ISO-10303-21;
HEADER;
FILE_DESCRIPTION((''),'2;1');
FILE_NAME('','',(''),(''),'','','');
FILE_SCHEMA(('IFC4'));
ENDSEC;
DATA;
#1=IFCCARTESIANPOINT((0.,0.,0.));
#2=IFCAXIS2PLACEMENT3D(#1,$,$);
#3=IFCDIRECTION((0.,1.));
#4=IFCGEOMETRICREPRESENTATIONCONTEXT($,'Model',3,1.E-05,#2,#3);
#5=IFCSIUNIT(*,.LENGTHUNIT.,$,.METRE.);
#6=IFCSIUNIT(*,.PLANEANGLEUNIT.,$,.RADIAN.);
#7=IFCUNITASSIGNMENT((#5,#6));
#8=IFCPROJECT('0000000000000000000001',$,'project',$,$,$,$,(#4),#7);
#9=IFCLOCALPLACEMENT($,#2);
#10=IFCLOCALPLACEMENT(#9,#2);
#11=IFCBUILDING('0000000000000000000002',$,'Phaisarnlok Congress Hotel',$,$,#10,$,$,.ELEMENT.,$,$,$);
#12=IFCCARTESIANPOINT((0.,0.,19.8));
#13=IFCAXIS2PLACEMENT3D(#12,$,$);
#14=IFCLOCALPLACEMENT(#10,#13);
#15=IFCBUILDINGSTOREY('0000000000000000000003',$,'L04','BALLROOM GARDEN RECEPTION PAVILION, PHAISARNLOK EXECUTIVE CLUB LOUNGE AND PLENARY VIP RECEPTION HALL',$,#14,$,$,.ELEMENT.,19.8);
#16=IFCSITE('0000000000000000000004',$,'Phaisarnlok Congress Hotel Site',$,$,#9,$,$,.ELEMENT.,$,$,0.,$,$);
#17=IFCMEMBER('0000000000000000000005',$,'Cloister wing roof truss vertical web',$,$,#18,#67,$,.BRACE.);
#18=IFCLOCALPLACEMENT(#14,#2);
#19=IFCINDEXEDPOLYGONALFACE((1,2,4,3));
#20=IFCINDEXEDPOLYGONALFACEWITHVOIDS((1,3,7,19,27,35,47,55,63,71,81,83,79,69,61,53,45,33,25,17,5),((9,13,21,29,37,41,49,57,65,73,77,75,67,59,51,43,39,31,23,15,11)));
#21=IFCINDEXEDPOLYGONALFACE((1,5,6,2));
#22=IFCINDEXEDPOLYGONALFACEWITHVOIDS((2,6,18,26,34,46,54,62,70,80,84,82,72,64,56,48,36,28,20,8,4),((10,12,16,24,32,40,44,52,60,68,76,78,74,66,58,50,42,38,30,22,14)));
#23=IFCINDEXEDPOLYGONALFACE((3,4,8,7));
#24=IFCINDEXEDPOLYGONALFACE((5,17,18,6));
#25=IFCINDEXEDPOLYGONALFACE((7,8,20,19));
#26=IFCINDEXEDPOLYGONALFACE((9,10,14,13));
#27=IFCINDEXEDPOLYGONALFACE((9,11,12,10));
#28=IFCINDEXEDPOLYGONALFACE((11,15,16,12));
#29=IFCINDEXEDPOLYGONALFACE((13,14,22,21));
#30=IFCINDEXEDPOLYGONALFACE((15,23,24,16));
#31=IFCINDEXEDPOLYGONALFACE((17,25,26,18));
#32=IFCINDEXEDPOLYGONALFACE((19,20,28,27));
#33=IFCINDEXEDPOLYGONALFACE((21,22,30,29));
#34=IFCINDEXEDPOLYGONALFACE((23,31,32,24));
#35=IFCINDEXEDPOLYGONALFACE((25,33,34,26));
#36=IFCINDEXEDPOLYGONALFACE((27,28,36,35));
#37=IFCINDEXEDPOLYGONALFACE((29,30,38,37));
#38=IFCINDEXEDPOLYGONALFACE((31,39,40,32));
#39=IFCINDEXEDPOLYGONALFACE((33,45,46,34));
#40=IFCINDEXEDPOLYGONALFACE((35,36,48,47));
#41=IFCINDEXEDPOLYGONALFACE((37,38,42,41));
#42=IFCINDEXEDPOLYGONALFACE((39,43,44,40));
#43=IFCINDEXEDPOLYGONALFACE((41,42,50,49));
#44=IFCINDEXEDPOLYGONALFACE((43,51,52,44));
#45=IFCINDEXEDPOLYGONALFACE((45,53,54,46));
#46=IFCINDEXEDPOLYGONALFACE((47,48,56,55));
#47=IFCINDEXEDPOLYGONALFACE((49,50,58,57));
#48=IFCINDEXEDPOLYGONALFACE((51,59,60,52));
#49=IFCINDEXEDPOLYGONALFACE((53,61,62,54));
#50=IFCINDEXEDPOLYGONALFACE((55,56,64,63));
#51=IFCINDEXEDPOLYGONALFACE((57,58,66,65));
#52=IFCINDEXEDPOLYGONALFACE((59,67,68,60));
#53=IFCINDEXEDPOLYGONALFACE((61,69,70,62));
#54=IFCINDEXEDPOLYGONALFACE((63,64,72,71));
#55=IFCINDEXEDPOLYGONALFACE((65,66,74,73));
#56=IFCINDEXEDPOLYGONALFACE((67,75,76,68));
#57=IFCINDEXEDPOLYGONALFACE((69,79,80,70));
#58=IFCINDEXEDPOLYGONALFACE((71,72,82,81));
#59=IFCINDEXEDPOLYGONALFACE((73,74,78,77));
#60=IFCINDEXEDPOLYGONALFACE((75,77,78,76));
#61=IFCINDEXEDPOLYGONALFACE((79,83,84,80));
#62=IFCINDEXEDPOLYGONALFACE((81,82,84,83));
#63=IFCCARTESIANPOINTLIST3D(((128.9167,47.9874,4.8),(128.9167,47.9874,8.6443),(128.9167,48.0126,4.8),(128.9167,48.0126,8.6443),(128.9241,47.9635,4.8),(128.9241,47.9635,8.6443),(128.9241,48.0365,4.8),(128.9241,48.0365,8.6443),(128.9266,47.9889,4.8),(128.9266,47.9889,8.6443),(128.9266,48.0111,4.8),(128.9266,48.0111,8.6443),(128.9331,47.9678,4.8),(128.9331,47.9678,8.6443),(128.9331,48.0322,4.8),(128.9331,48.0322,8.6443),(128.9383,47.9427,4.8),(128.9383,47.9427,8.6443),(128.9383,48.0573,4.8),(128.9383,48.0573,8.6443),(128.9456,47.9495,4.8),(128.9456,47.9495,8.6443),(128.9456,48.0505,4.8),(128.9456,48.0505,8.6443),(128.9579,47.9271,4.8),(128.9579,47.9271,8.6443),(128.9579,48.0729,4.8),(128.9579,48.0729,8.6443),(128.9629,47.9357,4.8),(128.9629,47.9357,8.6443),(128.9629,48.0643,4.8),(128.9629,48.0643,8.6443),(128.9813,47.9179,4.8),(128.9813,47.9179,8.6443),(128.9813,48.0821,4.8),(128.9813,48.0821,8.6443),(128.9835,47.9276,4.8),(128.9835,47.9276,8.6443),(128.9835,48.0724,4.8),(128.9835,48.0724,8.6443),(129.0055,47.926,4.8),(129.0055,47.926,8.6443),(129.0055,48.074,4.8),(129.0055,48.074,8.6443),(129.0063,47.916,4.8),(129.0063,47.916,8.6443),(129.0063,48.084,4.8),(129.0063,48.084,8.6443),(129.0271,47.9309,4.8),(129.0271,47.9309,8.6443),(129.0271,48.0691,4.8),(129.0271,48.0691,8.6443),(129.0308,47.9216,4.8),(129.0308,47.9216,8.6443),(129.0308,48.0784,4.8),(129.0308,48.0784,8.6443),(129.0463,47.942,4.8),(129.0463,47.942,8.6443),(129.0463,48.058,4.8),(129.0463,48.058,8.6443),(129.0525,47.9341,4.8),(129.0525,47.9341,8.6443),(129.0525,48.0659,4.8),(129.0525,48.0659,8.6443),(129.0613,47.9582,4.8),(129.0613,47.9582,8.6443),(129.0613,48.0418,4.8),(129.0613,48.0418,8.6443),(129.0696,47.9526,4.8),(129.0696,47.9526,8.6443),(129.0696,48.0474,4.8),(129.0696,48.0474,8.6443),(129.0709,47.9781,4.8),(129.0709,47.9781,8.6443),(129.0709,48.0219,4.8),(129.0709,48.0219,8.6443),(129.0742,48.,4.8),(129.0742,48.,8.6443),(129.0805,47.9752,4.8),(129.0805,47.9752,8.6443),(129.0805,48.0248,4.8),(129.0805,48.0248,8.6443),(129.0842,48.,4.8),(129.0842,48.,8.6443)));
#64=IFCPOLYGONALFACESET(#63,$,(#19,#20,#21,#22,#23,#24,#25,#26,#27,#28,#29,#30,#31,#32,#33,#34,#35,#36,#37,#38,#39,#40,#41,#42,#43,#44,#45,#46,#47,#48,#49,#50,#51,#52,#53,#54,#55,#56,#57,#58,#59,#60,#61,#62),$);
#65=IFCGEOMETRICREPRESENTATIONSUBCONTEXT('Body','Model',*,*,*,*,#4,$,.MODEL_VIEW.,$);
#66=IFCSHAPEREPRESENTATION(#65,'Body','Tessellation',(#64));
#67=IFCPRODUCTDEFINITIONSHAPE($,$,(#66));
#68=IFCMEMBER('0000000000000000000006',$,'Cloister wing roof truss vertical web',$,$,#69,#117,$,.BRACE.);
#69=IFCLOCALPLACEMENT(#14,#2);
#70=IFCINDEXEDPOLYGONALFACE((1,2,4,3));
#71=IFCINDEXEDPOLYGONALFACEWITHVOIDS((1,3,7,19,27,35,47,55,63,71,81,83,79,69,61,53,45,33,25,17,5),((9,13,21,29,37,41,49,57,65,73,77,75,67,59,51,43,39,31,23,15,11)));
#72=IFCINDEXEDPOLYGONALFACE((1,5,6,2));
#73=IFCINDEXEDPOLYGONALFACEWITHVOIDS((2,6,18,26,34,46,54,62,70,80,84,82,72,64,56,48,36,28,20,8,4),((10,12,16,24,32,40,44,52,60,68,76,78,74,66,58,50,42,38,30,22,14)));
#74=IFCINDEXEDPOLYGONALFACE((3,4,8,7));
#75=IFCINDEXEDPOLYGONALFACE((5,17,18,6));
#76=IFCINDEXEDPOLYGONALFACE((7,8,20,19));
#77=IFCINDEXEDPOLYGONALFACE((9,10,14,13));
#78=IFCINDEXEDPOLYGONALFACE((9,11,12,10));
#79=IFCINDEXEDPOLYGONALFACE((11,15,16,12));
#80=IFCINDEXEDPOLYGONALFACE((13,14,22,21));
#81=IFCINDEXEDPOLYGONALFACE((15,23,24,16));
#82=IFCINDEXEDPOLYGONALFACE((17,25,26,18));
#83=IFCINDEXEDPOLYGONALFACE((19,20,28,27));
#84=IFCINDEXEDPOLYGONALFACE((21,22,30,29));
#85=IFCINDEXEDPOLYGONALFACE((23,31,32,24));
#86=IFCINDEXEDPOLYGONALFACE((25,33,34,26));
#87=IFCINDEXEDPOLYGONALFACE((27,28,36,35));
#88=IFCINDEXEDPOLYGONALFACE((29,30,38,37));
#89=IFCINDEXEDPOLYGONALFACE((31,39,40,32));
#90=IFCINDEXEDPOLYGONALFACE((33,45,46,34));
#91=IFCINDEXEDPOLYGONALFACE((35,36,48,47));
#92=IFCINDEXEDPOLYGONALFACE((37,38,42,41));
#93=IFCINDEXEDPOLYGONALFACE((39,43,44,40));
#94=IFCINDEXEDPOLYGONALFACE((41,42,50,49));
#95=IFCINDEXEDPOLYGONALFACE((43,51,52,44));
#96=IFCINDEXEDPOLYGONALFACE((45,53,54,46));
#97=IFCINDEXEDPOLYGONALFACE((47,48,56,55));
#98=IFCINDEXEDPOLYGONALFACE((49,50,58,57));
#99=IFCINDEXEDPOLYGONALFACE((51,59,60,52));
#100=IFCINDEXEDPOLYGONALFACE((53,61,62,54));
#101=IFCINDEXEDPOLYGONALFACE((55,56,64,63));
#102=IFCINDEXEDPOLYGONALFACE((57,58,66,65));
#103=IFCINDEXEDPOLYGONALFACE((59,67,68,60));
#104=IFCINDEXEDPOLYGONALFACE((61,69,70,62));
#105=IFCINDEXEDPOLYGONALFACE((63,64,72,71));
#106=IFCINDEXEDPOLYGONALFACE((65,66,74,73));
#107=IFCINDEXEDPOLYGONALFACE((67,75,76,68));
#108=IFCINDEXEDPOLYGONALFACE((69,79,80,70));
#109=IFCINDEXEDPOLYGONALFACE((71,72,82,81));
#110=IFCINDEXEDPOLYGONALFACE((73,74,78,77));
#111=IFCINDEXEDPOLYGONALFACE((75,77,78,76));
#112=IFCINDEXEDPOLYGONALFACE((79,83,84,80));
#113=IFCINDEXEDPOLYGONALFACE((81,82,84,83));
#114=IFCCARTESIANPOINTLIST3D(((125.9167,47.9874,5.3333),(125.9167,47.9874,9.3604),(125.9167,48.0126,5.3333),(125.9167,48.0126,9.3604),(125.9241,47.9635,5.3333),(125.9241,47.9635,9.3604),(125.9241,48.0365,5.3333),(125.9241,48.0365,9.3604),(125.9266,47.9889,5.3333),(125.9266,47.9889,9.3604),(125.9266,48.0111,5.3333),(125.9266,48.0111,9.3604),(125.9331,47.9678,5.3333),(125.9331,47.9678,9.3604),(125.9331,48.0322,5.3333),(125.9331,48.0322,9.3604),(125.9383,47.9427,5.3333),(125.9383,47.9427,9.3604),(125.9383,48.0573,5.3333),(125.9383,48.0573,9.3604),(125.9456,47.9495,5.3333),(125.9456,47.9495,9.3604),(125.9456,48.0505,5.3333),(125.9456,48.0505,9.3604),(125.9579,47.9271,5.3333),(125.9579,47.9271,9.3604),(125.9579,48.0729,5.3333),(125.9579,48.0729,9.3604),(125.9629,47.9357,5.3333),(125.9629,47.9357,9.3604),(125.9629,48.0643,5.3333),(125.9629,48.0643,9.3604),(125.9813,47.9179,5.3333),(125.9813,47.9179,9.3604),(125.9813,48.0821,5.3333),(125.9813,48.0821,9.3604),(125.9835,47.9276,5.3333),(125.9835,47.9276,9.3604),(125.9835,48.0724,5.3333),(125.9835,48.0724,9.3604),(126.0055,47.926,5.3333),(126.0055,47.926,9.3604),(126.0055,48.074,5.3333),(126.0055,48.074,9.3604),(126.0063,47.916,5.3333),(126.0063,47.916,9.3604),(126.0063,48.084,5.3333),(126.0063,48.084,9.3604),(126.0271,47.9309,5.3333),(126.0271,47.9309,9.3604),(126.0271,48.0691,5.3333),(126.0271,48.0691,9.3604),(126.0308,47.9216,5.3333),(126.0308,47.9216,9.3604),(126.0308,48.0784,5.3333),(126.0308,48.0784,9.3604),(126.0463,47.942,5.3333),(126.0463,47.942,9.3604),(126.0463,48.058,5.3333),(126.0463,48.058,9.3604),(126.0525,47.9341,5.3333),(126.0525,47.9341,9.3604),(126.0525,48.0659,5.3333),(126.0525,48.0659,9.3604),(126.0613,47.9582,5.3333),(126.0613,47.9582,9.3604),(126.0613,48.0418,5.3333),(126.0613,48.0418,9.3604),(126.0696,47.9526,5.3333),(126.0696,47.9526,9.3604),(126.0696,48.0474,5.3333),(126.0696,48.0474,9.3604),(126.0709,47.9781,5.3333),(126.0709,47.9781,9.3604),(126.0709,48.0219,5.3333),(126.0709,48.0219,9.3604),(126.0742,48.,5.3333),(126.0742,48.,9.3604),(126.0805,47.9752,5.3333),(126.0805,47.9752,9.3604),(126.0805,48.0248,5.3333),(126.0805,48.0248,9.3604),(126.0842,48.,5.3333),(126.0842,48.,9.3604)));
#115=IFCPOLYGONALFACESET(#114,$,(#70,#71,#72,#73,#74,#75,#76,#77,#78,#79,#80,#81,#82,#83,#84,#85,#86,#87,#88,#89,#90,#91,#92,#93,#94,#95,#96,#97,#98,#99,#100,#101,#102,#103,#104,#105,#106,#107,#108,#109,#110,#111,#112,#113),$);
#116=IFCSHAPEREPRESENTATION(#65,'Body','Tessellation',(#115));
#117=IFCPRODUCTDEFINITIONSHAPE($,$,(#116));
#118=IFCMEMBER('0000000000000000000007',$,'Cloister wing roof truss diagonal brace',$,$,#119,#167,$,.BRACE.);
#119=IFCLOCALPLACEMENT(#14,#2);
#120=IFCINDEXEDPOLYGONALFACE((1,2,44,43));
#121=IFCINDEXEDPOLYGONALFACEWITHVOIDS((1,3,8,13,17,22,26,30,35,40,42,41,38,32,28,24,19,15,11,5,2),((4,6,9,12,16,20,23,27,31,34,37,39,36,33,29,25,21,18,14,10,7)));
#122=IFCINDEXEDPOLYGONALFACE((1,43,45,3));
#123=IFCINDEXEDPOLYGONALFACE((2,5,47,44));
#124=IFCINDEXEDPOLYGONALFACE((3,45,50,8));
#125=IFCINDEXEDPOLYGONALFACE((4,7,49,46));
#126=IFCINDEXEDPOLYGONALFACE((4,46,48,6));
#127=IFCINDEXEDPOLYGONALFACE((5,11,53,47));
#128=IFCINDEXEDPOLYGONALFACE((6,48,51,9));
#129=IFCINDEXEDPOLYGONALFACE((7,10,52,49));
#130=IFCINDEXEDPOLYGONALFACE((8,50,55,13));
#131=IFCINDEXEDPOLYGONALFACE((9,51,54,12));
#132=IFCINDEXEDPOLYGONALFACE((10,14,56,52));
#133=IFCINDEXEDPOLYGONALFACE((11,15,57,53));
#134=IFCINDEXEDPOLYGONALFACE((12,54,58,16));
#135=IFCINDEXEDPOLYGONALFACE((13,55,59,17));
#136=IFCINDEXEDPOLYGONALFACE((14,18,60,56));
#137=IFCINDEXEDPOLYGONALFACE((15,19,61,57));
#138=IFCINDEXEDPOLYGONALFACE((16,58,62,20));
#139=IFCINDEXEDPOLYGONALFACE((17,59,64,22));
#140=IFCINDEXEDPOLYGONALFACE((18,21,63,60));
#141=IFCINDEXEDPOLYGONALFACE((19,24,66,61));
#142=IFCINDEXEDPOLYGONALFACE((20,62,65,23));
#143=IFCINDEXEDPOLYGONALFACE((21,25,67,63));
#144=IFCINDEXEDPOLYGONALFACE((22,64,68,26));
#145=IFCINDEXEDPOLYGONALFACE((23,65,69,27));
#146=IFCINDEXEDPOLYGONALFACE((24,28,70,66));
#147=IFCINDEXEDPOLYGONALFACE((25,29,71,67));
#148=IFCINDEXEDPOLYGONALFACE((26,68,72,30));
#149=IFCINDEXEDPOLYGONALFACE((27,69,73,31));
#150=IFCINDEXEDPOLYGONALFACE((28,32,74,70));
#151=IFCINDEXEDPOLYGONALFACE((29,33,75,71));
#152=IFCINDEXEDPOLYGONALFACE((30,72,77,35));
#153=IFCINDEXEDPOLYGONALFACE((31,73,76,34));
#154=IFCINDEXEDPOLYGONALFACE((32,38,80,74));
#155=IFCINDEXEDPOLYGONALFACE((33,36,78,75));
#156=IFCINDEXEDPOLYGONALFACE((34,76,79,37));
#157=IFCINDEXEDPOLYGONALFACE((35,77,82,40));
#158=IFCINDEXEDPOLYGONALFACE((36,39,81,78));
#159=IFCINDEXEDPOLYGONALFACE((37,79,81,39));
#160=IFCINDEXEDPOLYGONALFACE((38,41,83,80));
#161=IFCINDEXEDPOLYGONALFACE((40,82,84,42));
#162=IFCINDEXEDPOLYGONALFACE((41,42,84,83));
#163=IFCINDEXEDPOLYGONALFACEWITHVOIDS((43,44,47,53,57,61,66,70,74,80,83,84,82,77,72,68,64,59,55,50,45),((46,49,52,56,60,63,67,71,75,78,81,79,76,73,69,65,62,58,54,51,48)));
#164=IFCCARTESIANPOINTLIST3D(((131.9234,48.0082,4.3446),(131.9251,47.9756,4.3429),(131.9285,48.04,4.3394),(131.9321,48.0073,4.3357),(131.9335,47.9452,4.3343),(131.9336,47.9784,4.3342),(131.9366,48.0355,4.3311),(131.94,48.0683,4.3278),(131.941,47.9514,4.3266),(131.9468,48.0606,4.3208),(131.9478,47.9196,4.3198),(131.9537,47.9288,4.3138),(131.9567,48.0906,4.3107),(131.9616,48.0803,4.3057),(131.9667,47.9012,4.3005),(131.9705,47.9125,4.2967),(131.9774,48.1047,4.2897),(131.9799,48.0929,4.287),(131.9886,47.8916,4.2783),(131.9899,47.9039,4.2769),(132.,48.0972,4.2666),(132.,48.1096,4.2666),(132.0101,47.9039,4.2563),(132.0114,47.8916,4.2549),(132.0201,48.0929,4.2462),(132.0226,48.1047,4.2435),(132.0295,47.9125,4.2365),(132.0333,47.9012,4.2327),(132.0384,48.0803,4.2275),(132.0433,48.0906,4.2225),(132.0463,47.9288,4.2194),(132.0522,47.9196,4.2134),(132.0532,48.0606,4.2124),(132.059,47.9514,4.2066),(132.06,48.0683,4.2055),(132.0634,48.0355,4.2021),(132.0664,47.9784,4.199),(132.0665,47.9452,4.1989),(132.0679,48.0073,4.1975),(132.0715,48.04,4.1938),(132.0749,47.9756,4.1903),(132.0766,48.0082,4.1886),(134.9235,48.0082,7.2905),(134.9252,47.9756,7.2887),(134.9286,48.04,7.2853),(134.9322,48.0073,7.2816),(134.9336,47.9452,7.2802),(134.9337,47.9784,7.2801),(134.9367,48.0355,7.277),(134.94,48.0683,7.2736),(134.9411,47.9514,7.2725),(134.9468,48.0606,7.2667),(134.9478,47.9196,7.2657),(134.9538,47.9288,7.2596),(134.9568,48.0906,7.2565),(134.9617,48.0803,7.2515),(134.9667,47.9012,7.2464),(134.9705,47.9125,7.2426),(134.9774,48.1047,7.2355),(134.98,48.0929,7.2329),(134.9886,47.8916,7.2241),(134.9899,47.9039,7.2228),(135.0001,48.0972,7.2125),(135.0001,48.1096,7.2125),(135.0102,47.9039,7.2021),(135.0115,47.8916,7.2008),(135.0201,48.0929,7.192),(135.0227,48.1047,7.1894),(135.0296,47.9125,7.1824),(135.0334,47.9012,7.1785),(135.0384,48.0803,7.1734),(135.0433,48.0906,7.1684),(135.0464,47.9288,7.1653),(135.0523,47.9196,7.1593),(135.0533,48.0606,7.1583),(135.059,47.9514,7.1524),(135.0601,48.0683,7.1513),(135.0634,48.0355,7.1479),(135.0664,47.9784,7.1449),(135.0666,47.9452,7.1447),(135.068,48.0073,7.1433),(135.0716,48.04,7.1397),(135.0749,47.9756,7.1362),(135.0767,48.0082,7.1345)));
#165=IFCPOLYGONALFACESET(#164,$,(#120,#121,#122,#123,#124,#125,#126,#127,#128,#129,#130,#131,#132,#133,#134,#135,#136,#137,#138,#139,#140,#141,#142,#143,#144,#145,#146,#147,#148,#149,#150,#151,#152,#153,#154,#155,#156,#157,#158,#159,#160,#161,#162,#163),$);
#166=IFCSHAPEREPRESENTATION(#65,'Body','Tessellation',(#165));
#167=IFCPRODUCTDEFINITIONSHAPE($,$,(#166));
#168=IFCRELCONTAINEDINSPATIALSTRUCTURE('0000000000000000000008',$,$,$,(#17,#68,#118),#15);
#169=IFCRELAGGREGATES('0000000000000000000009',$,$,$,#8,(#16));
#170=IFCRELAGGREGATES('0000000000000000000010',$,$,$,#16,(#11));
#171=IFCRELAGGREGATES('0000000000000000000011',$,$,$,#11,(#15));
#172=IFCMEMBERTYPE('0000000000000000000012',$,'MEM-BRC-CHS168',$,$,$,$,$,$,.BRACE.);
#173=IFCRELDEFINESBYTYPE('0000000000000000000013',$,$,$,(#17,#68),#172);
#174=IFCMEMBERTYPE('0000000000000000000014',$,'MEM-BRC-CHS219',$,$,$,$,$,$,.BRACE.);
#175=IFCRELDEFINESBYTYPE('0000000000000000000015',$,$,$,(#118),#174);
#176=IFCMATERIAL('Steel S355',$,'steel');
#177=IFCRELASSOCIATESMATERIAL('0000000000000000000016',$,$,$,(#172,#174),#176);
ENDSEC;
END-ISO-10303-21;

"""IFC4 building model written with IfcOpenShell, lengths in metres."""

from ifc_helpers import new_model, si_unit, direction, frame, origin, origin_2d, place, context, subcontext, project, spatial, hollow_circle, extrude, material, material_profile, profile_set, type_object, element, save


model = new_model("IFC4")

# Units and contexts
model_context = context("Model", 3, precision=1e-05, world=origin(), true_north=direction((0.0, 1.0)))
body_context = subcontext(model_context, "Body", "Model", "MODEL_VIEW")
ifc_project = project(units=[si_unit("LENGTHUNIT", "METRE"), si_unit("PLANEANGLEUNIT", "RADIAN")], contexts=[model_context])

# Site, building, storey
site_placement = place(None, origin())
site = spatial("IfcSite", under=ifc_project, at=site_placement, Name="Phaisarnlok Congress Hotel Site", CompositionType="ELEMENT", RefElevation=0.0)
building_placement = place(site_placement, origin())
building = spatial("IfcBuilding", under=site, at=building_placement, Name="Phaisarnlok Congress Hotel", CompositionType="ELEMENT")
storey_placement = place(building_placement, frame((0.0, 0.0, 19.8)))
storey = spatial("IfcBuildingStorey", under=building, at=storey_placement, Name="L04", Description="BALLROOM GARDEN RECEPTION PAVILION, PHAISARNLOK EXECUTIVE CLUB LOUNGE AND PLENARY VIP RECEPTION HALL", CompositionType="ELEMENT", Elevation=19.8)

# Shared definitions
ifc_material_1 = material(Name="Steel S355", Category="steel")

# Members
ifc_material_profile_1 = material_profile(ifc_material_1, hollow_circle(Radius=0.0842, WallThickness=0.01, at=origin_2d()), Name="CHS 168.3x10")
ifc_profile_set_1 = profile_set([ifc_material_profile_1], Name="Steel S355")
member_type_1 = type_object("IfcMemberType", Name="MEM-BRC-CHS168", PredefinedType="BRACE", material=ifc_profile_set_1)
member_1_placement = place(storey_placement, frame((129.0, 48.0, 4.8), z_axis=(0.0, 0.0, 1.0), x_axis=(1.0, 0.0, 0.0)))
element("IfcMember", 1, at=member_1_placement, inside=storey, type_object=member_type_1, Name="Cloister wing roof truss vertical web", PredefinedType="BRACE", context=body_context, shape_type="SweptSolid", body=[
    extrude(hollow_circle(Radius=0.0842, WallThickness=0.01, at=origin_2d()), origin(), (0.0, 0.0, 1.0), 3.8442),
])
member_2_placement = place(storey_placement, frame((126.0, 48.0, 5.3333), z_axis=(0.0, 0.0, 1.0), x_axis=(1.0, 0.0, 0.0)))
element("IfcMember", 2, at=member_2_placement, inside=storey, type_object=member_type_1, Name="Cloister wing roof truss vertical web", PredefinedType="BRACE", context=body_context, shape_type="SweptSolid", body=[
    extrude(hollow_circle(Radius=0.0842, WallThickness=0.01, at=origin_2d()), origin(), (0.0, 0.0, 1.0), 4.0271),
])
ifc_material_profile_2 = material_profile(ifc_material_1, hollow_circle(Radius=0.1096, WallThickness=0.0125, at=origin_2d()), Name="CHS 219.1x12.5")
ifc_profile_set_2 = profile_set([ifc_material_profile_2], Name="Steel S355")
member_type_2 = type_object("IfcMemberType", Name="MEM-BRC-CHS219", PredefinedType="BRACE", material=ifc_profile_set_2)
member_3_placement = place(storey_placement, frame((132.0, 48.0, 4.2666), z_axis=(0.713523, 0.0, 0.700632), x_axis=(0.0, 1.0, 0.0)))
element("IfcMember", 3, at=member_3_placement, inside=storey, type_object=member_type_2, Name="Cloister wing roof truss diagonal brace", PredefinedType="BRACE", context=body_context, shape_type="SweptSolid", body=[
    extrude(hollow_circle(Radius=0.1096, WallThickness=0.0125, at=origin_2d()), origin(), (0.0, 0.0, 1.0), 4.2046),
])

save(model, "model.ifc")
